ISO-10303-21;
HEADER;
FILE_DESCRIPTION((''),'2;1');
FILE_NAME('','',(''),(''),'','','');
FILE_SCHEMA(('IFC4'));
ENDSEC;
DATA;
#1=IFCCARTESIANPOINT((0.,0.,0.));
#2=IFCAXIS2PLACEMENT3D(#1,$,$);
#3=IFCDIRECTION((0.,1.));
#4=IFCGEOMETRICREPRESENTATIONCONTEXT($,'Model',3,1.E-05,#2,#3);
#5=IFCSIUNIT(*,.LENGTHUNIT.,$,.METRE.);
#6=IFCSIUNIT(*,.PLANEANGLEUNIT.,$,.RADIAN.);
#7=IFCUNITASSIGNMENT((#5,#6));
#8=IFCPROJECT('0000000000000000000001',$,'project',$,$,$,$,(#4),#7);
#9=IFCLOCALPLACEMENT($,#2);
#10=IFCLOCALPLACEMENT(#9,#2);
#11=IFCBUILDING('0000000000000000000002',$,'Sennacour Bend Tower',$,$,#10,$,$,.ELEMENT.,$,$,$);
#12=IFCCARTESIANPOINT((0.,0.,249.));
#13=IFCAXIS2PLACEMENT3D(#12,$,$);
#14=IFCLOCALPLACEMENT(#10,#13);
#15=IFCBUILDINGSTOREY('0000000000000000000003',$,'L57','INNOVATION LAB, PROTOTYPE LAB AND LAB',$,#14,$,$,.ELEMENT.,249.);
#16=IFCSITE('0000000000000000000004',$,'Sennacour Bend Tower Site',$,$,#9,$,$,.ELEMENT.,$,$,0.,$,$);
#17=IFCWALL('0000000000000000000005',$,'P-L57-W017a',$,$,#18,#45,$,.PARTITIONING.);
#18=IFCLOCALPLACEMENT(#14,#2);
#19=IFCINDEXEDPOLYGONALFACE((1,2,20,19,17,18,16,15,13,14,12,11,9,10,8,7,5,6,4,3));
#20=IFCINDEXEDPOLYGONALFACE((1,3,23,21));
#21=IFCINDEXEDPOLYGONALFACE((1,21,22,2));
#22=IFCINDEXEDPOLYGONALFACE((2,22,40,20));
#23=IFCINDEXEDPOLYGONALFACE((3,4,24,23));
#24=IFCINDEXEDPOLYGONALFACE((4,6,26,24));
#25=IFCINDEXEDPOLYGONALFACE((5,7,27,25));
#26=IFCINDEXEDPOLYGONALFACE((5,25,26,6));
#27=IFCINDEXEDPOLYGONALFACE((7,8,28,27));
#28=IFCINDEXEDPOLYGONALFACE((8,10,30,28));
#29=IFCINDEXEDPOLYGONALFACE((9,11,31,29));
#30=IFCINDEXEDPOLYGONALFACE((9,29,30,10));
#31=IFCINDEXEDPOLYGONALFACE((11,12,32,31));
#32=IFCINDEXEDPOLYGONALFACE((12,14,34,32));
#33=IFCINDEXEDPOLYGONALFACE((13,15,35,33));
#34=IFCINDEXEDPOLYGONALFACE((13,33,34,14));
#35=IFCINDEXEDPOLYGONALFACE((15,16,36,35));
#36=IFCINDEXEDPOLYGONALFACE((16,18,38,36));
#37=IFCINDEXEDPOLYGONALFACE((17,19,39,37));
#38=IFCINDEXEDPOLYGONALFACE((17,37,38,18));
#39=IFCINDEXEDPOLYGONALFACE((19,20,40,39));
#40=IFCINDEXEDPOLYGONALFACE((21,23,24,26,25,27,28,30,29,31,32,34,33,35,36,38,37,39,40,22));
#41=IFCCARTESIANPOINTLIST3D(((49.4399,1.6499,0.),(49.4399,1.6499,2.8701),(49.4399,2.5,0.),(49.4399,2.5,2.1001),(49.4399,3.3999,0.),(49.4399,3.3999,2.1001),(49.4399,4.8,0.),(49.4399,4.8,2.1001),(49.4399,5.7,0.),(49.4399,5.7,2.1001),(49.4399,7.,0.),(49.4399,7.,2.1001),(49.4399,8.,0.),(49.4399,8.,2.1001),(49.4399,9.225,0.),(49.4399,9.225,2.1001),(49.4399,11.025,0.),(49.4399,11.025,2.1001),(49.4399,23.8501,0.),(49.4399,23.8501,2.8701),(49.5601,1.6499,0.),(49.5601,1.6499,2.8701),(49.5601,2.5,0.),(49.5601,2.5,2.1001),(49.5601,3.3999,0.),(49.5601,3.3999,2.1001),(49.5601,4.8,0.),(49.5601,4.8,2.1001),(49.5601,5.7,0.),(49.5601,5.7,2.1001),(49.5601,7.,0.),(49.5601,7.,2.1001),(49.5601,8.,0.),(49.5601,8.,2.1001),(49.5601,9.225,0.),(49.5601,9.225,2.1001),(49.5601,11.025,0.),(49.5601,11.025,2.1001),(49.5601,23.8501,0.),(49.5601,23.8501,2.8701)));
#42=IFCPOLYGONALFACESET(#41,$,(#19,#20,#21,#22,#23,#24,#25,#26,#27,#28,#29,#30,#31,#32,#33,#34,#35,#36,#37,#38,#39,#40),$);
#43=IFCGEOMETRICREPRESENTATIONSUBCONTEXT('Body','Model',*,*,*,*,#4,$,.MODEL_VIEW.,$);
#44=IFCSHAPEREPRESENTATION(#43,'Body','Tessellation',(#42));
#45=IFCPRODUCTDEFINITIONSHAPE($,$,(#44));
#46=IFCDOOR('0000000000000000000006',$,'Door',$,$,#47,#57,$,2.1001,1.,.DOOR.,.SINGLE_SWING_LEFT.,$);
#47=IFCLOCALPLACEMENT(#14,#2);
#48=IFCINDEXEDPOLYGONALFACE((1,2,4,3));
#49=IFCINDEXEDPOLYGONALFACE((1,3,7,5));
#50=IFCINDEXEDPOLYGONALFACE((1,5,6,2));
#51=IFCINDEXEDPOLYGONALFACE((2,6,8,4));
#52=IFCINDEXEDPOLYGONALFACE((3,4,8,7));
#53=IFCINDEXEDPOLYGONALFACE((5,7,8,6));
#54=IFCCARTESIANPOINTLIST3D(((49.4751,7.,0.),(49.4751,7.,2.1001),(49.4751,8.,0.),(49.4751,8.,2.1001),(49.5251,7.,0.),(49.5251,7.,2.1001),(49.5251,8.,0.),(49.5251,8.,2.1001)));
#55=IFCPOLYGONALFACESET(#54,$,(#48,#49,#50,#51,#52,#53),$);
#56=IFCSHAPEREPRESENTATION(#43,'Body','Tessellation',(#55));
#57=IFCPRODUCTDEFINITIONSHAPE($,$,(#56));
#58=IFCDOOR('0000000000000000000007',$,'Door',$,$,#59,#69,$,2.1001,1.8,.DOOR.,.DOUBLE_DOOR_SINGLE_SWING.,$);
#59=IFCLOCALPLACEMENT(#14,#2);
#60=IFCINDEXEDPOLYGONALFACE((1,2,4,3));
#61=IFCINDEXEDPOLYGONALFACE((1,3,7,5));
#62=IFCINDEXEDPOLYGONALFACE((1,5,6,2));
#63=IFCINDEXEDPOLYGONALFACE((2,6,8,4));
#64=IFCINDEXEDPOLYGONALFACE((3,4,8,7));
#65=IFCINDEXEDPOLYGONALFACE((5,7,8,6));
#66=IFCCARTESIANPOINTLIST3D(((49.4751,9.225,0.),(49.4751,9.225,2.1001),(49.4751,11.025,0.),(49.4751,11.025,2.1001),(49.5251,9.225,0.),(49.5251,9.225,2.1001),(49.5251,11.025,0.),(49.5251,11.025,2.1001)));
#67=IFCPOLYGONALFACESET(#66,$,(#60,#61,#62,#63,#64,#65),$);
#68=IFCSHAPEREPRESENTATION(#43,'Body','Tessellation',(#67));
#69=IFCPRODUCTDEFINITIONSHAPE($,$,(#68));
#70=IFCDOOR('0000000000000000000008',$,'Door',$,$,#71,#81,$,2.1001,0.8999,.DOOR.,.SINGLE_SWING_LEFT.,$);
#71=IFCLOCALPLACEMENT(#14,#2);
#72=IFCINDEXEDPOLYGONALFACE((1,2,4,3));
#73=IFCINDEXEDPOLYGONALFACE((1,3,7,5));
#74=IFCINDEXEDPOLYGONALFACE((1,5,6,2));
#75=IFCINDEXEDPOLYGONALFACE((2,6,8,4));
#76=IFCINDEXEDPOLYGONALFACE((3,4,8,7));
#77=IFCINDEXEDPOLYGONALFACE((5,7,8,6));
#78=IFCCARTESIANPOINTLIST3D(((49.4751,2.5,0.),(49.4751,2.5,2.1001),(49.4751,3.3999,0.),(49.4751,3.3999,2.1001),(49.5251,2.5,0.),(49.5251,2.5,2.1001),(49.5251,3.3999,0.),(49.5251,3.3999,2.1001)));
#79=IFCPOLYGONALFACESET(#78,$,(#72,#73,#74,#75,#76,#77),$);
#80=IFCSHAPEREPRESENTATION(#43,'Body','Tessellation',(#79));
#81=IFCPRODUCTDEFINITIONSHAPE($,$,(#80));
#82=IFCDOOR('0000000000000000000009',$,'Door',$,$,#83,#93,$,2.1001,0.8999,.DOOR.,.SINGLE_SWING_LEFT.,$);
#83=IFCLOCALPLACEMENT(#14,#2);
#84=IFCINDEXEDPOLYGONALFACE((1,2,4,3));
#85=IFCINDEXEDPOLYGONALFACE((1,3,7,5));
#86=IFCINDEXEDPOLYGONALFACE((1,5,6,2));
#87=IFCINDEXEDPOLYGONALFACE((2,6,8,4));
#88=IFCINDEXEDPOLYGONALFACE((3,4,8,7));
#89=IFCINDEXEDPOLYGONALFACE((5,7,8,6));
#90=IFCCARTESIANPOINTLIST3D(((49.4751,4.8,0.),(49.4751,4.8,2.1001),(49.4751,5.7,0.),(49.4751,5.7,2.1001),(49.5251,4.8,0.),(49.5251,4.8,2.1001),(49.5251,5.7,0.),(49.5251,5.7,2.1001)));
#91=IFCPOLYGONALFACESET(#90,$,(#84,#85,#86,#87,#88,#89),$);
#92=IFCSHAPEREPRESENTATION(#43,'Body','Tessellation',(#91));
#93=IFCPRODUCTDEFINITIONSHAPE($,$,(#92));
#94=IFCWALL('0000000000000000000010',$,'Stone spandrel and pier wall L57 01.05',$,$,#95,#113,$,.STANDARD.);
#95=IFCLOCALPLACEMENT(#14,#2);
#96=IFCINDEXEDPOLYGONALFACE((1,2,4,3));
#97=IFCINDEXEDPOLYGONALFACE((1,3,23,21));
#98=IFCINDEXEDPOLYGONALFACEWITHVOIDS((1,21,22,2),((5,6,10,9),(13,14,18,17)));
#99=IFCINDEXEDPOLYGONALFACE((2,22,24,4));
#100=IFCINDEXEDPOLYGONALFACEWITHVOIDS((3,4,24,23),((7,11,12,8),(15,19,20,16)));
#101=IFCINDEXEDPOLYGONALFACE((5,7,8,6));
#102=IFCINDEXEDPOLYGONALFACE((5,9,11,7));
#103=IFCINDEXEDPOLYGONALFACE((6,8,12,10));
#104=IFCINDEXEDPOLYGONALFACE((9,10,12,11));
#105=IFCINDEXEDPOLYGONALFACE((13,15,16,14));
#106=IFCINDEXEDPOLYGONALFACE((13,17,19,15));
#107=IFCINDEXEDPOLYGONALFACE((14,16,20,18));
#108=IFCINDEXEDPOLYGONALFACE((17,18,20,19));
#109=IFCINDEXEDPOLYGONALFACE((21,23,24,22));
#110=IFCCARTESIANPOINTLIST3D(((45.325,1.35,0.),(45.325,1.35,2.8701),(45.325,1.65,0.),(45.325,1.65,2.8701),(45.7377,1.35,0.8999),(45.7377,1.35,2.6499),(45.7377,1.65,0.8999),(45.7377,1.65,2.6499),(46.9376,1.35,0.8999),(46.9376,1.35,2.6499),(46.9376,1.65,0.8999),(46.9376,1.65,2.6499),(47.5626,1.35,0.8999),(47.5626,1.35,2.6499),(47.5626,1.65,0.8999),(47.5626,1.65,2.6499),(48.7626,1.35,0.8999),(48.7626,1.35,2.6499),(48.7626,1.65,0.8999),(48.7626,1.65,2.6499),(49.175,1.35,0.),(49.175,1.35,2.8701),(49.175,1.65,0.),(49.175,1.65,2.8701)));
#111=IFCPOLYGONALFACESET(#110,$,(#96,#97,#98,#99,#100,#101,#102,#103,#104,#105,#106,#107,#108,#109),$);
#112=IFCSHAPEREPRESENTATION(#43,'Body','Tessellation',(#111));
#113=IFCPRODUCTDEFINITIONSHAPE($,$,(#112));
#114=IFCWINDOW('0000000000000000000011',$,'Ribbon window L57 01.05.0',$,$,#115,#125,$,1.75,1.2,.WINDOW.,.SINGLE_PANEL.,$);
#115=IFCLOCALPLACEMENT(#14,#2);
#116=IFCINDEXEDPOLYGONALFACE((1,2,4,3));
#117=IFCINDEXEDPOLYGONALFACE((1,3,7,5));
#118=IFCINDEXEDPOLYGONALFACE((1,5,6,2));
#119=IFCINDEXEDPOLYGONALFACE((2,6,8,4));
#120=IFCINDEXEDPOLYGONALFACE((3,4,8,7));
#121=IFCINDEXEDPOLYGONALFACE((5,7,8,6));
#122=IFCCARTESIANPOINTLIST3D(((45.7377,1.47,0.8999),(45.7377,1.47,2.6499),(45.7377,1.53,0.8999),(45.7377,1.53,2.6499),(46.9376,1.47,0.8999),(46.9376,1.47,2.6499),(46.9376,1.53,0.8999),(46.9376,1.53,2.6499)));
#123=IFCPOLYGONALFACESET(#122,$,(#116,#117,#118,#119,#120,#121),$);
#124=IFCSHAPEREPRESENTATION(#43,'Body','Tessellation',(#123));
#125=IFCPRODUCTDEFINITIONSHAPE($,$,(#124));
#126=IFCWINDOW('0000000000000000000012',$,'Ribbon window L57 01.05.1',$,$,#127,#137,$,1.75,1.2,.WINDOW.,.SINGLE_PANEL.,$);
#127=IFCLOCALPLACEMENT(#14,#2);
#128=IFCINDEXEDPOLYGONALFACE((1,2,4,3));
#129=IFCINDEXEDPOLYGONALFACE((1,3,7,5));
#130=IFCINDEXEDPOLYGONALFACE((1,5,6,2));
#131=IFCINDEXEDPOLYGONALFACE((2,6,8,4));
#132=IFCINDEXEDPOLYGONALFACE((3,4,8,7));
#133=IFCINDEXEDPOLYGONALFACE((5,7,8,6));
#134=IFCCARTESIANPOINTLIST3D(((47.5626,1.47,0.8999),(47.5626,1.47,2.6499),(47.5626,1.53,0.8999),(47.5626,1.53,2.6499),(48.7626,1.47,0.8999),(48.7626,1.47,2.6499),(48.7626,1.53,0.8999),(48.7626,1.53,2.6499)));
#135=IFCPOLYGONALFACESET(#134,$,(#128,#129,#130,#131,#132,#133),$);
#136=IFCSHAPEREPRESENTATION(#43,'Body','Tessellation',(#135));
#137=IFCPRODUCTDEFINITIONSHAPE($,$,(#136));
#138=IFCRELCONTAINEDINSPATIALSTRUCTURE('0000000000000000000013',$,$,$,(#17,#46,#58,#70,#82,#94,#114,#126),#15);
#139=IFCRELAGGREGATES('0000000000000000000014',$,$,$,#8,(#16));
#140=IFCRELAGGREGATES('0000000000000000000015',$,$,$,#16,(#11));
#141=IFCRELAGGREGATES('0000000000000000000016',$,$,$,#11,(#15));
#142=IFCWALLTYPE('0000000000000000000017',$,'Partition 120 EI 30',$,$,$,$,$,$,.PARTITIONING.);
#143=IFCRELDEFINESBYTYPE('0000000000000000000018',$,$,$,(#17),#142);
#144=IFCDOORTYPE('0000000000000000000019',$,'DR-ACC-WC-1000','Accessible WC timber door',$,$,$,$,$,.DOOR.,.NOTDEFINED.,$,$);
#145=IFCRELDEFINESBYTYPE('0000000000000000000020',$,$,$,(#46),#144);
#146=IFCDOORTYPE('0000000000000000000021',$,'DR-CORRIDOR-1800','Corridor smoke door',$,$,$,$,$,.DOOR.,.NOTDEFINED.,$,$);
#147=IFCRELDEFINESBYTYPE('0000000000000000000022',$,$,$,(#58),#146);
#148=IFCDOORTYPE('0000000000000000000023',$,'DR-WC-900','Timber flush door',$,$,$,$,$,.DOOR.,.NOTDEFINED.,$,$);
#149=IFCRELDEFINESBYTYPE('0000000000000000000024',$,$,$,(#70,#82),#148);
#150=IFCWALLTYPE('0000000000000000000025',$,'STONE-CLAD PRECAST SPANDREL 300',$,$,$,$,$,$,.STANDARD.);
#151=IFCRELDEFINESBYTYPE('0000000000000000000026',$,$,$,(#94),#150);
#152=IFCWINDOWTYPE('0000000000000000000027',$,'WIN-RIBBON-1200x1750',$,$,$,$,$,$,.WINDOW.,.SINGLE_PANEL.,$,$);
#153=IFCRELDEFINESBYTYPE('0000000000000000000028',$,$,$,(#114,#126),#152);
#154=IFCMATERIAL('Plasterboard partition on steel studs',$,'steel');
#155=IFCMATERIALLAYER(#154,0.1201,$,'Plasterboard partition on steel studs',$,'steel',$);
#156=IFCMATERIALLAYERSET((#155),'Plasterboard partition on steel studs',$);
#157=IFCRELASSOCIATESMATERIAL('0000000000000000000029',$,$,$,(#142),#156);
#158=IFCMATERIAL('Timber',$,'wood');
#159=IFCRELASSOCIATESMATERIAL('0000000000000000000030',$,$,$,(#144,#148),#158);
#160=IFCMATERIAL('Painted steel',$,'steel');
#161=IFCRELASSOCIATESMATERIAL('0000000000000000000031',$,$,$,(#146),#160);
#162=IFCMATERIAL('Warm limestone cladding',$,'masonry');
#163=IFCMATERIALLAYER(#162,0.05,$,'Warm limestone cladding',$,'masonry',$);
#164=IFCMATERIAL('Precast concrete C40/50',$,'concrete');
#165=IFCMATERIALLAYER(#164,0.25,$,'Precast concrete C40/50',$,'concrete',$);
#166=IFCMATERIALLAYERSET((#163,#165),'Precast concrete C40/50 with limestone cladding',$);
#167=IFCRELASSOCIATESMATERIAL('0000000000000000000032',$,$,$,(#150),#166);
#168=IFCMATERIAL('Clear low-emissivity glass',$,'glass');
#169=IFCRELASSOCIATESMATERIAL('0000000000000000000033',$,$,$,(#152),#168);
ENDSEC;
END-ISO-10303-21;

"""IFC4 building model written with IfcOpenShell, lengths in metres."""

from ifc_helpers import new_model, si_unit, direction, frame, frame_2d, origin, place, context, subcontext, project, spatial, rectangle, extrude, material, layer, layer_set, type_object, element, fill, save


model = new_model("IFC4")

# Units and contexts
model_context = context("Model", 3, precision=1e-05, world=origin(), true_north=direction((0.0, 1.0)))
body_context = subcontext(model_context, "Body", "Model", "MODEL_VIEW")
ifc_project = project(units=[si_unit("LENGTHUNIT", "METRE"), si_unit("PLANEANGLEUNIT", "RADIAN")], contexts=[model_context])

# Site, building, storey
site_placement = place(None, origin())
site = spatial("IfcSite", under=ifc_project, at=site_placement, Name="Sennacour Bend Tower Site", CompositionType="ELEMENT", RefElevation=0.0)
building_placement = place(site_placement, origin())
building = spatial("IfcBuilding", under=site, at=building_placement, Name="Sennacour Bend Tower", CompositionType="ELEMENT")
storey_placement = place(building_placement, frame((0.0, 0.0, 249.0)))
storey = spatial("IfcBuildingStorey", under=building, at=storey_placement, Name="L57", Description="INNOVATION LAB, PROTOTYPE LAB AND LAB", CompositionType="ELEMENT", Elevation=249.0)

# Shared definitions
ifc_material_1 = material(Name="Painted steel", Category="steel")

# Shared definitions
ifc_material_2 = material(Name="Plasterboard partition on steel studs", Category="steel")

# Wall, openings, doors
ifc_layer_1 = layer(ifc_material_2, 0.1201, Name="Plasterboard partition on steel studs", Category="steel")
ifc_layer_set_1 = layer_set([ifc_layer_1], Name="Plasterboard partition on steel studs")
wall_type_1 = type_object("IfcWallType", Name="Partition 120 EI 30", PredefinedType="PARTITIONING", material=ifc_layer_set_1)
wall_1_placement = place(storey_placement, frame((49.5, 1.6499, 0.0), z_axis=(0.0, 0.0, 1.0), x_axis=(0.0, 1.0, 0.0)))
wall_1 = element("IfcWall", 1, at=wall_1_placement, inside=storey, type_object=wall_type_1, Name="P-L57-W017a", PredefinedType="PARTITIONING", context=body_context, shape_type="SweptSolid", body=[
    extrude(rectangle(XDim=22.2002, YDim=0.1201, at=frame_2d((11.1001, 0.0))), origin(), (0.0, 0.0, 1.0), 2.8701),
])
opening_1_placement = place(wall_1_placement, frame((7.5752, 0.0, 0.0)))
opening_1 = element("IfcOpeningElement", 2, at=opening_1_placement, cuts=wall_1, PredefinedType="OPENING", context=body_context, shape_type="SweptSolid", body=[
    extrude(rectangle(XDim=1.8, YDim=2.1001, at=frame_2d((0.8999, 1.05))), frame((0.0, 0.0701, 0.0), z_axis=(0.0, -1.0, 0.0), x_axis=(1.0, 0.0, 0.0)), (0.0, 0.0, 1.0), 0.1401),
])
opening_2_placement = place(wall_1_placement, frame((0.8501, 0.0, 0.0)))
opening_2 = element("IfcOpeningElement", 3, at=opening_2_placement, cuts=wall_1, PredefinedType="OPENING", context=body_context, shape_type="SweptSolid", body=[
    extrude(rectangle(XDim=0.8999, YDim=2.1001, at=frame_2d((0.45, 1.05))), frame((0.0, 0.0701, 0.0), z_axis=(0.0, -1.0, 0.0), x_axis=(1.0, 0.0, 0.0)), (0.0, 0.0, 1.0), 0.1401),
])
opening_3_placement = place(wall_1_placement, frame((3.1501, 0.0, 0.0)))
opening_3 = element("IfcOpeningElement", 4, at=opening_3_placement, cuts=wall_1, PredefinedType="OPENING", context=body_context, shape_type="SweptSolid", body=[
    extrude(rectangle(XDim=0.8999, YDim=2.1001, at=frame_2d((0.45, 1.05))), frame((0.0, 0.0701, 0.0), z_axis=(0.0, -1.0, 0.0), x_axis=(1.0, 0.0, 0.0)), (0.0, 0.0, 1.0), 0.1401),
])
opening_4_placement = place(wall_1_placement, frame((5.3501, 0.0, 0.0)))
opening_4 = element("IfcOpeningElement", 5, at=opening_4_placement, cuts=wall_1, PredefinedType="OPENING", context=body_context, shape_type="SweptSolid", body=[
    extrude(rectangle(XDim=1.0, YDim=2.1001, at=frame_2d((0.5, 1.05))), frame((0.0, 0.0701, 0.0), z_axis=(0.0, -1.0, 0.0), x_axis=(1.0, 0.0, 0.0)), (0.0, 0.0, 1.0), 0.1401),
])
ifc_material_3 = material(Name="Timber", Category="wood")
door_type_1 = type_object("IfcDoorType", Name="DR-ACC-WC-1000", Description="Accessible WC timber door", OperationType="NOTDEFINED", PredefinedType="DOOR", material=ifc_material_3)
door_1_placement = place(opening_4_placement, origin())
door_1 = element("IfcDoor", 6, at=door_1_placement, inside=storey, type_object=door_type_1, Name="Door", OperationType="SINGLE_SWING_LEFT", OverallHeight=2.1001, OverallWidth=1.0, PredefinedType="DOOR", context=body_context, shape_type="SweptSolid", body=[
    extrude(rectangle(XDim=1.0, YDim=2.1001, at=frame_2d((0.5, 1.05))), frame((0.0, 0.0249, 0.0), z_axis=(0.0, -1.0, 0.0), x_axis=(1.0, 0.0, 0.0)), (0.0, 0.0, 1.0), 0.05),
])
fill(opening_4, door_1)
door_type_2 = type_object("IfcDoorType", Name="DR-CORRIDOR-1800", Description="Corridor smoke door", OperationType="NOTDEFINED", PredefinedType="DOOR", material=ifc_material_1)
door_2_placement = place(opening_1_placement, origin())
door_2 = element("IfcDoor", 7, at=door_2_placement, inside=storey, type_object=door_type_2, Name="Door", OperationType="DOUBLE_DOOR_SINGLE_SWING", OverallHeight=2.1001, OverallWidth=1.8, PredefinedType="DOOR", context=body_context, shape_type="SweptSolid", body=[
    extrude(rectangle(XDim=1.8, YDim=2.1001, at=frame_2d((0.8999, 1.05))), frame((0.0, 0.0249, 0.0), z_axis=(0.0, -1.0, 0.0), x_axis=(1.0, 0.0, 0.0)), (0.0, 0.0, 1.0), 0.05),
])
fill(opening_1, door_2)
door_type_3 = type_object("IfcDoorType", Name="DR-WC-900", Description="Timber flush door", OperationType="NOTDEFINED", PredefinedType="DOOR", material=ifc_material_3)
door_3_placement = place(opening_2_placement, origin())
door_3 = element("IfcDoor", 8, at=door_3_placement, inside=storey, type_object=door_type_3, Name="Door", OperationType="SINGLE_SWING_LEFT", OverallHeight=2.1001, OverallWidth=0.8999, PredefinedType="DOOR", context=body_context, shape_type="SweptSolid", body=[
    extrude(rectangle(XDim=0.8999, YDim=2.1001, at=frame_2d((0.45, 1.05))), frame((0.0, 0.0249, 0.0), z_axis=(0.0, -1.0, 0.0), x_axis=(1.0, 0.0, 0.0)), (0.0, 0.0, 1.0), 0.05),
])
fill(opening_2, door_3)
door_4_placement = place(opening_3_placement, origin())
door_4 = element("IfcDoor", 9, at=door_4_placement, inside=storey, type_object=door_type_3, Name="Door", OperationType="SINGLE_SWING_LEFT", OverallHeight=2.1001, OverallWidth=0.8999, PredefinedType="DOOR", context=body_context, shape_type="SweptSolid", body=[
    extrude(rectangle(XDim=0.8999, YDim=2.1001, at=frame_2d((0.45, 1.05))), frame((0.0, 0.0249, 0.0), z_axis=(0.0, -1.0, 0.0), x_axis=(1.0, 0.0, 0.0)), (0.0, 0.0, 1.0), 0.05),
])
fill(opening_3, door_4)

# Wall, openings, windows
ifc_material_4 = material(Name="Warm limestone cladding", Category="masonry")
ifc_layer_2 = layer(ifc_material_4, 0.05, Name="Warm limestone cladding", Category="masonry")
ifc_material_5 = material(Name="Precast concrete C40/50", Category="concrete")
ifc_layer_3 = layer(ifc_material_5, 0.25, Name="Precast concrete C40/50", Category="concrete")
ifc_layer_set_2 = layer_set([ifc_layer_2, ifc_layer_3], Name="Precast concrete C40/50 with limestone cladding")
wall_type_2 = type_object("IfcWallType", Name="STONE-CLAD PRECAST SPANDREL 300", PredefinedType="STANDARD", material=ifc_layer_set_2)
wall_2_placement = place(storey_placement, frame((45.325, 1.5, 0.0), z_axis=(0.0, 0.0, 1.0), x_axis=(1.0, 0.0, 0.0)))
wall_2 = element("IfcWall", 10, at=wall_2_placement, inside=storey, type_object=wall_type_2, Name="Stone spandrel and pier wall L57 01.05", PredefinedType="STANDARD", context=body_context, shape_type="SweptSolid", body=[
    extrude(rectangle(XDim=3.8501, YDim=0.3, at=frame_2d((1.925, 0.0))), origin(), (0.0, 0.0, 1.0), 2.8701),
])
opening_5_placement = place(wall_2_placement, frame((0.4126, 0.0, 0.8999)))
opening_5 = element("IfcOpeningElement", 11, at=opening_5_placement, cuts=wall_2, PredefinedType="OPENING", context=body_context, shape_type="SweptSolid", body=[
    extrude(rectangle(XDim=1.2, YDim=1.75, at=frame_2d((0.6001, 0.875))), frame((0.0, 0.1602, 0.0), z_axis=(0.0, -1.0, 0.0), x_axis=(1.0, 0.0, 0.0)), (0.0, 0.0, 1.0), 0.3201),
])
opening_6_placement = place(wall_2_placement, frame((2.2375, 0.0, 0.8999)))
opening_6 = element("IfcOpeningElement", 12, at=opening_6_placement, cuts=wall_2, PredefinedType="OPENING", context=body_context, shape_type="SweptSolid", body=[
    extrude(rectangle(XDim=1.2, YDim=1.75, at=frame_2d((0.6001, 0.875))), frame((0.0, 0.1602, 0.0), z_axis=(0.0, -1.0, 0.0), x_axis=(1.0, 0.0, 0.0)), (0.0, 0.0, 1.0), 0.3201),
])
ifc_material_6 = material(Name="Clear low-emissivity glass", Category="glass")
window_type_1 = type_object("IfcWindowType", Name="WIN-RIBBON-1200x1750", PartitioningType="SINGLE_PANEL", PredefinedType="WINDOW", material=ifc_material_6)
window_1_placement = place(opening_5_placement, origin())
window_1 = element("IfcWindow", 13, at=window_1_placement, inside=storey, type_object=window_type_1, Name="Ribbon window L57 01.05.0", OverallHeight=1.75, OverallWidth=1.2, PartitioningType="SINGLE_PANEL", PredefinedType="WINDOW", context=body_context, shape_type="SweptSolid", body=[
    extrude(rectangle(XDim=1.2, YDim=1.75, at=frame_2d((0.6001, 0.875))), frame((0.0, 0.03, 0.0), z_axis=(0.0, -1.0, 0.0), x_axis=(1.0, 0.0, 0.0)), (0.0, 0.0, 1.0), 0.0601),
])
fill(opening_5, window_1)
window_2_placement = place(opening_6_placement, origin())
window_2 = element("IfcWindow", 14, at=window_2_placement, inside=storey, type_object=window_type_1, Name="Ribbon window L57 01.05.1", OverallHeight=1.75, OverallWidth=1.2, PartitioningType="SINGLE_PANEL", PredefinedType="WINDOW", context=body_context, shape_type="SweptSolid", body=[
    extrude(rectangle(XDim=1.2, YDim=1.75, at=frame_2d((0.6001, 0.875))), frame((0.0, 0.03, 0.0), z_axis=(0.0, -1.0, 0.0), x_axis=(1.0, 0.0, 0.0)), (0.0, 0.0, 1.0), 0.0601),
])
fill(opening_6, window_2)

save(model, "model.ifc")
